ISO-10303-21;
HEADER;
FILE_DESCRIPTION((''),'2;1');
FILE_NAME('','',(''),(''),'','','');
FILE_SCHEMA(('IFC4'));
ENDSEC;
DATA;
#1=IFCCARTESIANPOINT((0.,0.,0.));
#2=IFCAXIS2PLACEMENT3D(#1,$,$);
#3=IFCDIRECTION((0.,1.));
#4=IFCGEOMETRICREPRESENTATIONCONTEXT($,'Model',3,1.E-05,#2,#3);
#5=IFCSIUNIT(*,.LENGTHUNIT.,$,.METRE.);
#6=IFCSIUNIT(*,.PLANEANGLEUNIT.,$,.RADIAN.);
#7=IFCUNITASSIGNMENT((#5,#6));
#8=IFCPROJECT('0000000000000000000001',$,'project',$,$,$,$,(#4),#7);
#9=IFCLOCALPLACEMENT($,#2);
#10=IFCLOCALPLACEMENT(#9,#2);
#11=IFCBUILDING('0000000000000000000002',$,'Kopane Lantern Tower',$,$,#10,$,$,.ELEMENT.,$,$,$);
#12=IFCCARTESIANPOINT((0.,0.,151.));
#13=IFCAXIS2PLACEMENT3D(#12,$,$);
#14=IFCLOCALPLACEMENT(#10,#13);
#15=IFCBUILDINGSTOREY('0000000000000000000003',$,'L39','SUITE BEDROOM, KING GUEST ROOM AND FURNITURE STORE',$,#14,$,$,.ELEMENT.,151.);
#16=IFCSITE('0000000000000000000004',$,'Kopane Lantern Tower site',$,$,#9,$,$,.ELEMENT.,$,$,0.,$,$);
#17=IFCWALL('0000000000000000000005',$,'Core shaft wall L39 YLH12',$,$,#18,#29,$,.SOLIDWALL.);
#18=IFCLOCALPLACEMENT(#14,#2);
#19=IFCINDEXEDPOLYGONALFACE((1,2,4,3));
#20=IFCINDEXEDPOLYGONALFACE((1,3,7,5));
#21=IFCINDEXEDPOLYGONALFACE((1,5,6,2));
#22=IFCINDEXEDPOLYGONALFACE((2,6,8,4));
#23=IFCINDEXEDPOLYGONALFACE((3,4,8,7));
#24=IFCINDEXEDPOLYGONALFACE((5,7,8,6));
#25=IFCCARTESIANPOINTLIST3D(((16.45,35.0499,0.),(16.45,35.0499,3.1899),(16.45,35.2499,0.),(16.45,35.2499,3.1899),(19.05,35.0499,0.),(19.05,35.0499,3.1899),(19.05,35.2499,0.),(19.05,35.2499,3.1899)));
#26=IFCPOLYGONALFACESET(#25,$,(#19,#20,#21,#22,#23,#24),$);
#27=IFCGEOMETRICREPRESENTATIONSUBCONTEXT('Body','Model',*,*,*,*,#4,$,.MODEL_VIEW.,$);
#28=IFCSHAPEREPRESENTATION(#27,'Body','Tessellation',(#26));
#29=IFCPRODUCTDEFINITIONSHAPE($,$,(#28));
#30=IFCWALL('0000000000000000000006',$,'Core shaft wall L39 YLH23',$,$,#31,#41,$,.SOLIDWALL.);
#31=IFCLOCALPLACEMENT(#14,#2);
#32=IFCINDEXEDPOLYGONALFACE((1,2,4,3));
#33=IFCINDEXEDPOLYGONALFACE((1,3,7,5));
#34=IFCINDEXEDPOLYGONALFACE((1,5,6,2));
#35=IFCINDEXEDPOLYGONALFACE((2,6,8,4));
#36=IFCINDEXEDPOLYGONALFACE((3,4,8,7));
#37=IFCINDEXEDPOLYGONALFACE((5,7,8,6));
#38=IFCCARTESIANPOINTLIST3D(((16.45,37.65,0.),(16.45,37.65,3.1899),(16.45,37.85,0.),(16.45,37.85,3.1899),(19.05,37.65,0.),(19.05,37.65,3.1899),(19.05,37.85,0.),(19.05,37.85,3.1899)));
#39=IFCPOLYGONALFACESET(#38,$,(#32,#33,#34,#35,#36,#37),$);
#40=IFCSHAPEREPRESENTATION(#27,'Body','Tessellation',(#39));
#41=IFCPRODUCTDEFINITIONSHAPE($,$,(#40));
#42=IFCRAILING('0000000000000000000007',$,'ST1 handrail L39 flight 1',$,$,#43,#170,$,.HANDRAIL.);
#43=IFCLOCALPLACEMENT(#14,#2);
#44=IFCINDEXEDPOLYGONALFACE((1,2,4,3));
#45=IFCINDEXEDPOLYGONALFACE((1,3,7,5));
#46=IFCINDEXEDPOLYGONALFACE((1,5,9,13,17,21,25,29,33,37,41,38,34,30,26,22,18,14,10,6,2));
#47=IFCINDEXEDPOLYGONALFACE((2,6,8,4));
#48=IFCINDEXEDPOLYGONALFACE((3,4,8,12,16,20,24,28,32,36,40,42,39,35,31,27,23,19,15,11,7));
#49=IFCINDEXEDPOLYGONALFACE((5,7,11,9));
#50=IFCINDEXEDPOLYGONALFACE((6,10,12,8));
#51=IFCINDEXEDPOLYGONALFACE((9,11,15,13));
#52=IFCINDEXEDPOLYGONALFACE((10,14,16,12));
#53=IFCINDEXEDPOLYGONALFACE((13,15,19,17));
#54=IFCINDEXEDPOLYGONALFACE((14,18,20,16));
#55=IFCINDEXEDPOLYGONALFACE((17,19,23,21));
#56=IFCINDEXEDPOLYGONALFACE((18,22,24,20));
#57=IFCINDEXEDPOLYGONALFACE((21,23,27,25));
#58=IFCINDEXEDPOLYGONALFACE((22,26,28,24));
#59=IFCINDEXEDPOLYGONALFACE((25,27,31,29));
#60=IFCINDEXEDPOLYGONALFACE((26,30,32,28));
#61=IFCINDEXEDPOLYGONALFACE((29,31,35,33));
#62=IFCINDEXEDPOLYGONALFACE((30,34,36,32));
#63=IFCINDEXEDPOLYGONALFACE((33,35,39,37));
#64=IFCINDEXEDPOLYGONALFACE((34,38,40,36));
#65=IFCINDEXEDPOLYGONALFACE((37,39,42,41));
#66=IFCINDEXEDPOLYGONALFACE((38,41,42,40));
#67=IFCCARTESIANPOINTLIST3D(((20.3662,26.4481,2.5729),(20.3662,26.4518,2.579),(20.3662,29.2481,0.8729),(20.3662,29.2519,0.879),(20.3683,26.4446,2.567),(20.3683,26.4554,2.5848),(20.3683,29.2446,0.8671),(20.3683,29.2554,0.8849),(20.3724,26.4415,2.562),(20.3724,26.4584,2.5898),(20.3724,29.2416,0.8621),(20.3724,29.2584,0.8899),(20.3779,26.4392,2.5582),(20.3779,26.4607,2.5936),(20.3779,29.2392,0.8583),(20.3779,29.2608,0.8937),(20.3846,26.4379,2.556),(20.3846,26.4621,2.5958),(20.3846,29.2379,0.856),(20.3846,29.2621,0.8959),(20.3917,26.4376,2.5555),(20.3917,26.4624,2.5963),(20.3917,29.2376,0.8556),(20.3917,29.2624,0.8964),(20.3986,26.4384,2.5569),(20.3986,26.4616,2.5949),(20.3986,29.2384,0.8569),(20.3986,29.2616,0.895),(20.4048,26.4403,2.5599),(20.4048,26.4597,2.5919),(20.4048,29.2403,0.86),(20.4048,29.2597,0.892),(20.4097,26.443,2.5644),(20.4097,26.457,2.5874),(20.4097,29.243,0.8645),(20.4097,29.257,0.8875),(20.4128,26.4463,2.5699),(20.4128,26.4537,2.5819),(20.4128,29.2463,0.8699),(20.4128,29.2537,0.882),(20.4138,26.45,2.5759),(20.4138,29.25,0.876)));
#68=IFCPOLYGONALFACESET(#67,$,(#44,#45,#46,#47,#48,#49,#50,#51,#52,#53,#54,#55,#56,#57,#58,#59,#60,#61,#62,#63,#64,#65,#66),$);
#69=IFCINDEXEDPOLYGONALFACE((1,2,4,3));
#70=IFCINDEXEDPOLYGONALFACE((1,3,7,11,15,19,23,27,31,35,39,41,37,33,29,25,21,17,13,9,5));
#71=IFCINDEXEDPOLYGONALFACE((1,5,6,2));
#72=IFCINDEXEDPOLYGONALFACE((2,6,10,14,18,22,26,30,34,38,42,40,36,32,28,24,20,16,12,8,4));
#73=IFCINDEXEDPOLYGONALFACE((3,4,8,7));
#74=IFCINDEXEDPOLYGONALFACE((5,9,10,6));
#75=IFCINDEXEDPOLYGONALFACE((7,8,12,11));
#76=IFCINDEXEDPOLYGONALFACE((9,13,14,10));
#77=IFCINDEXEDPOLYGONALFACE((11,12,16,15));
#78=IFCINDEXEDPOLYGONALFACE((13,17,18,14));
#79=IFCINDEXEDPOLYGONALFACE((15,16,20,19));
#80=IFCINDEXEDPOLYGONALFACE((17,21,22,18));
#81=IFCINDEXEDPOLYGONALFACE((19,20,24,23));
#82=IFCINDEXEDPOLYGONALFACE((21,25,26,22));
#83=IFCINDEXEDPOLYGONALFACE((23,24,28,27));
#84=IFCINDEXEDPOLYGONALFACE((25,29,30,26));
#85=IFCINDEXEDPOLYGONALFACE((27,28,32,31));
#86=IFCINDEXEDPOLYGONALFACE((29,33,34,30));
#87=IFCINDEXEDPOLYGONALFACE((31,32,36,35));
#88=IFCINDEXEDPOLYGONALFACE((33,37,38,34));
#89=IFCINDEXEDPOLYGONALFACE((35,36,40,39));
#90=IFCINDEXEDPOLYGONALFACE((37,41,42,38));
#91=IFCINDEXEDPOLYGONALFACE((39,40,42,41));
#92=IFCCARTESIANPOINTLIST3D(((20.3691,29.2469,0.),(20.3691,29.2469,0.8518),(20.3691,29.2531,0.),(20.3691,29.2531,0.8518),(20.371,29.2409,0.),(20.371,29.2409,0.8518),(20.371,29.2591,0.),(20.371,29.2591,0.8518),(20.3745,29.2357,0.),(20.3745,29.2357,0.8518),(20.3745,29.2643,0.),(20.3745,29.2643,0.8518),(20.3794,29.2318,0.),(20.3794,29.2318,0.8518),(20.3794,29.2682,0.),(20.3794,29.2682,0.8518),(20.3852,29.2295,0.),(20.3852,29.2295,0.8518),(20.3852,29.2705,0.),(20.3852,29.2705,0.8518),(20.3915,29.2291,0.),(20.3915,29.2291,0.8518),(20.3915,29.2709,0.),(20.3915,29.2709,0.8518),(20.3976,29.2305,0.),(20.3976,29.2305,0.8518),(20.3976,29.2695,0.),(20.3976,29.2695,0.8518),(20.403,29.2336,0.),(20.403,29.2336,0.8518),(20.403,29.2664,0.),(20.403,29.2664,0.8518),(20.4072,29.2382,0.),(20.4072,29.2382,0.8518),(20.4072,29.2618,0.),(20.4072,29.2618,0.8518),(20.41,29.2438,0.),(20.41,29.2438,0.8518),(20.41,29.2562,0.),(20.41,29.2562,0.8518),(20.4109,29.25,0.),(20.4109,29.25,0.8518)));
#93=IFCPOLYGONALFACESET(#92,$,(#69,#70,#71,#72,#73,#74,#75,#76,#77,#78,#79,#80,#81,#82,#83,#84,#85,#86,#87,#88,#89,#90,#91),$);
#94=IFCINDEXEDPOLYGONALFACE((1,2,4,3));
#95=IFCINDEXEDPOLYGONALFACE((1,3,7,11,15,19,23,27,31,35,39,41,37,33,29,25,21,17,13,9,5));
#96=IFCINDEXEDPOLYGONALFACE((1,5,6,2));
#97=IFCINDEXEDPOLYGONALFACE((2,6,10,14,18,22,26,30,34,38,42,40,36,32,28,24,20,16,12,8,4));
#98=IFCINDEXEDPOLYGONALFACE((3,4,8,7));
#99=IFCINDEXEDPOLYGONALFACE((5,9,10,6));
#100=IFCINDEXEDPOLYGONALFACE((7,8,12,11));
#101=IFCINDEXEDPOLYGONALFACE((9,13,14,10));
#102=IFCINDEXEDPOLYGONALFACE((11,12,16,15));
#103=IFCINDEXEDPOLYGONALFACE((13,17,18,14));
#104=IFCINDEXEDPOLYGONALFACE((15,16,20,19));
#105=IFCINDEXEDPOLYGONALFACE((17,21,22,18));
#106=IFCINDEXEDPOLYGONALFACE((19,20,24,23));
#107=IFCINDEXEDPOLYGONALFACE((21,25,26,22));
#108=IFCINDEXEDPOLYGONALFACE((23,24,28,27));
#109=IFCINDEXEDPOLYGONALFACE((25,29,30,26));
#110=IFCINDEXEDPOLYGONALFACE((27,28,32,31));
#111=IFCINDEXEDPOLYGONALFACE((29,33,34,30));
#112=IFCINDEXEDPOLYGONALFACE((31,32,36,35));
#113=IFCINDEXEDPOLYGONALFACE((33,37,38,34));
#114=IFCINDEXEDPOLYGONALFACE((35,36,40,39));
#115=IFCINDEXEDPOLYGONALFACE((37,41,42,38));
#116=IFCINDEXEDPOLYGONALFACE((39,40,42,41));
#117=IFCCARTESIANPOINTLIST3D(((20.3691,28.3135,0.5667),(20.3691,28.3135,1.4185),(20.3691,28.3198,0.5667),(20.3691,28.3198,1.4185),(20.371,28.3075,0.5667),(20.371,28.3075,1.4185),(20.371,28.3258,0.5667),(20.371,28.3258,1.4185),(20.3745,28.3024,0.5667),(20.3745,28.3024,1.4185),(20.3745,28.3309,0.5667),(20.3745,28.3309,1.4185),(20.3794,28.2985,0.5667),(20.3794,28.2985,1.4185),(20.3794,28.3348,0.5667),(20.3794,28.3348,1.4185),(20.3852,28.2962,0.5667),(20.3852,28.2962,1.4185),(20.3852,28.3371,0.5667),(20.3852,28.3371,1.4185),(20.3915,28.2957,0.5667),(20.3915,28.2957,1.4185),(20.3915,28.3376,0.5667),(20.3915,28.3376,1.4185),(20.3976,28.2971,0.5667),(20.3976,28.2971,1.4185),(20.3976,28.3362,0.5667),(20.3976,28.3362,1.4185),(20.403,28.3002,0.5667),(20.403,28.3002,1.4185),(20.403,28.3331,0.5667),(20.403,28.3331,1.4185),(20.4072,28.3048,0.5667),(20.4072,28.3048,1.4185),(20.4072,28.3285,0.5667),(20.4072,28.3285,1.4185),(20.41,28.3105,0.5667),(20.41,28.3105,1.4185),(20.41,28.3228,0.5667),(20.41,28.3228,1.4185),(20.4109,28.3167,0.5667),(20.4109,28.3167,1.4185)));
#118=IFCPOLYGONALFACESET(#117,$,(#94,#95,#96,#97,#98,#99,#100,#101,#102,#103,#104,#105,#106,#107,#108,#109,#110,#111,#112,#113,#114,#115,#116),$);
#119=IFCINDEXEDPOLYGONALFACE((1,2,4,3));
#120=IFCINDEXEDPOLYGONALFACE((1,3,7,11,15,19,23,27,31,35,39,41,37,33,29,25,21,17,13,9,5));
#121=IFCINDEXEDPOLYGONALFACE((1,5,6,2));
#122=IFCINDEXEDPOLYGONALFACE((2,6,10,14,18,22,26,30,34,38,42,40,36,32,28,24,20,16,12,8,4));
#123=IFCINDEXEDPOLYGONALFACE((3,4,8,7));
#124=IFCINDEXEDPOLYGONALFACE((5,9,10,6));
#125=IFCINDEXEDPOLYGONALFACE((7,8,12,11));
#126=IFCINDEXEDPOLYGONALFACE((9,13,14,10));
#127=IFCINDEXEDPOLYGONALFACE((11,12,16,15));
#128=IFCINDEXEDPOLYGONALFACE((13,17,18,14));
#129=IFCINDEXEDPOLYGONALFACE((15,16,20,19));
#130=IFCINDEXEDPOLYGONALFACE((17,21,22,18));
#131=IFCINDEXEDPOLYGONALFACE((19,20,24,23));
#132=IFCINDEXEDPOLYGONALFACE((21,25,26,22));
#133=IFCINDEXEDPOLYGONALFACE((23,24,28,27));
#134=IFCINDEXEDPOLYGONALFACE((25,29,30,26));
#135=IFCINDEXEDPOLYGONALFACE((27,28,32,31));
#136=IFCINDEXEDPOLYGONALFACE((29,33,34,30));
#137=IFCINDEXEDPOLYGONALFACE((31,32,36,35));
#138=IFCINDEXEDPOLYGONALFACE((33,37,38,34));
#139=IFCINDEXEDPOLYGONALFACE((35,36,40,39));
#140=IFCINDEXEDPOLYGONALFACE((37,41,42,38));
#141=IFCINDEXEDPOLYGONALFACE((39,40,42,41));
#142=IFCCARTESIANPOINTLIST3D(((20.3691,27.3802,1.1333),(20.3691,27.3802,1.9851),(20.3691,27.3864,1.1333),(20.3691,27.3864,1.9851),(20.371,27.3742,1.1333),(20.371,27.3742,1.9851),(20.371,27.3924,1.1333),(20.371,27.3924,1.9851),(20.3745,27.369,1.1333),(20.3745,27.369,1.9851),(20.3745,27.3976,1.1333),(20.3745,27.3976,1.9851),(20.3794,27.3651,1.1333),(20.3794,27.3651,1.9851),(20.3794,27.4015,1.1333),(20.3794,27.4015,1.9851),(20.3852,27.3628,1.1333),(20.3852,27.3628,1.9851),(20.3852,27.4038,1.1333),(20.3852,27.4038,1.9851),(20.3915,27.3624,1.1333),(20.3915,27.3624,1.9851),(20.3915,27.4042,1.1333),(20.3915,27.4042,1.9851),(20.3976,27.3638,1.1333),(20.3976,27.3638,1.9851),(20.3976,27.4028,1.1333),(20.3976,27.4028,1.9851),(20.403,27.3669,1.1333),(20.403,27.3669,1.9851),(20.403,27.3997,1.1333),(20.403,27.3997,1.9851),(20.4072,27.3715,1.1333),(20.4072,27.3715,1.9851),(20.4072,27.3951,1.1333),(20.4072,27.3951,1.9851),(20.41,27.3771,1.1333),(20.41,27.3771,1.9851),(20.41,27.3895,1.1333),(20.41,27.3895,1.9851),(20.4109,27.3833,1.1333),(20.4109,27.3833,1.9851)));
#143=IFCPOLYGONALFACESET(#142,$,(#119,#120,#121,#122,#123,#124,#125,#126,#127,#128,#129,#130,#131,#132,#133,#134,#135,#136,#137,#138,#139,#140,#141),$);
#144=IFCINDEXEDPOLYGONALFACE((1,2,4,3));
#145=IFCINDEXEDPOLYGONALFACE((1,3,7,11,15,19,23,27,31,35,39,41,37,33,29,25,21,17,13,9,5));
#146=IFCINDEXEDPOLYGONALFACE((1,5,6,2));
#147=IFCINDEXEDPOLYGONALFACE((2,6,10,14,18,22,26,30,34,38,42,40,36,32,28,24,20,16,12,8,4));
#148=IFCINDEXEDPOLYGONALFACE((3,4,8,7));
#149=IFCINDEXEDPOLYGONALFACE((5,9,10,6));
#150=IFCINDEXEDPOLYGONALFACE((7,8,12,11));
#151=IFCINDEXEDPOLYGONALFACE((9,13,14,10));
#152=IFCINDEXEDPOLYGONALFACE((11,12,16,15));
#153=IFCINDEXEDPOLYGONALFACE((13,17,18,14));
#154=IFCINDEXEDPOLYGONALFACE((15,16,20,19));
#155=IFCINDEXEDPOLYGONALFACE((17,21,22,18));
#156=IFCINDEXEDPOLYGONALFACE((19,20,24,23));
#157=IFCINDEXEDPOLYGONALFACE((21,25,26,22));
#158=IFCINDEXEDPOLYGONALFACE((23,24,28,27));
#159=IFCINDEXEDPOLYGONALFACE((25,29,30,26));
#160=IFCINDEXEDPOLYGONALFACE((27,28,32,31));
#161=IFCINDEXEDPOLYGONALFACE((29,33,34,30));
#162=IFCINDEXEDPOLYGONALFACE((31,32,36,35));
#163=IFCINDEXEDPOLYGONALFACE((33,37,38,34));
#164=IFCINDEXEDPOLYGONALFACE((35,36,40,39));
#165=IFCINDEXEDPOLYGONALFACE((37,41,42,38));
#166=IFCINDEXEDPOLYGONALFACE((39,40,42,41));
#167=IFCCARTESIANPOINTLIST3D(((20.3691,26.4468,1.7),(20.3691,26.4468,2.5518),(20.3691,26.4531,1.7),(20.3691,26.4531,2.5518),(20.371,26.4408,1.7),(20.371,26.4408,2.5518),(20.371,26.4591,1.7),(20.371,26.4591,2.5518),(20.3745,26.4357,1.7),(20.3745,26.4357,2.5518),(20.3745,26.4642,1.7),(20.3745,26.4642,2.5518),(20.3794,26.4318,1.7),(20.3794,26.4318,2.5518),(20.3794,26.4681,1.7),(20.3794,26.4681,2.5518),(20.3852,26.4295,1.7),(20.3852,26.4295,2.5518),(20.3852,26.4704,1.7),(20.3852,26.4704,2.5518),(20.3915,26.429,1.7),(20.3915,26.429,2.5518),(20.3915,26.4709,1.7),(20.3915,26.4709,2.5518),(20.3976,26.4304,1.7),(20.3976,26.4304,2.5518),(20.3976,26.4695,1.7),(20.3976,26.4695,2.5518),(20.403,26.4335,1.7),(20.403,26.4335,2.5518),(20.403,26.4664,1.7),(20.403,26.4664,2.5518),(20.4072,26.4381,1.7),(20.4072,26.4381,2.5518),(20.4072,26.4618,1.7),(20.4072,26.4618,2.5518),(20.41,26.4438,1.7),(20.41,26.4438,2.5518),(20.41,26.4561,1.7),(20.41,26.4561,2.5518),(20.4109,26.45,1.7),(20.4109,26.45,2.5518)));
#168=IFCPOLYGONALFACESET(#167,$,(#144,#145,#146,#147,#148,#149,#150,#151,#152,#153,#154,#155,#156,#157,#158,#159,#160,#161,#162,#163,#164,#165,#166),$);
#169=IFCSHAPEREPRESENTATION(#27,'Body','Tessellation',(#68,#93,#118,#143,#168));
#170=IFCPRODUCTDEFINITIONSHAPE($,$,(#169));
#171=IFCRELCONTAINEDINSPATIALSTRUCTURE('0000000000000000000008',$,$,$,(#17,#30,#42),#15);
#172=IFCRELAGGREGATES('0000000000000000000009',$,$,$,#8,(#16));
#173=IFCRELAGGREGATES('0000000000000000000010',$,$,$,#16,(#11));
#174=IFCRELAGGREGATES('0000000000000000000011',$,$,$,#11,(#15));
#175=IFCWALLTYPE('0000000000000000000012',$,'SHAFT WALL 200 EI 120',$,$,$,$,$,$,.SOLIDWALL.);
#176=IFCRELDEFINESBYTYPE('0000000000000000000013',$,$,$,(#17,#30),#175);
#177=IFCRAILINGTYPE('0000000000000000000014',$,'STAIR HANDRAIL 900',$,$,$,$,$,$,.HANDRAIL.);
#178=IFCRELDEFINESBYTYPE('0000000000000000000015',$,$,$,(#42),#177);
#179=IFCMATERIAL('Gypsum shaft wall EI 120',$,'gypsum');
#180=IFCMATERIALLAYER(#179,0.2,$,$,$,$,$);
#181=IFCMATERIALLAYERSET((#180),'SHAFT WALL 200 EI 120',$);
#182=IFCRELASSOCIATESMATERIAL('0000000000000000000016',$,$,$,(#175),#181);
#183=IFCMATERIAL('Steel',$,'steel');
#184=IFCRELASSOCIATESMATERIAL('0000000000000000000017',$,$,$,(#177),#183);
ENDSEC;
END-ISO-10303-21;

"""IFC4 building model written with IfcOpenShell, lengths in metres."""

from ifc_helpers import new_model, si_unit, direction, frame, frame_2d, origin, origin_2d, place, context, subcontext, project, spatial, rectangle, circle, extrude, material, layer, layer_set, type_object, element, save


model = new_model("IFC4")

# Units and contexts
model_context = context("Model", 3, precision=1e-05, world=origin(), true_north=direction((0.0, 1.0)))
body_context = subcontext(model_context, "Body", "Model", "MODEL_VIEW")
ifc_project = project(units=[si_unit("LENGTHUNIT", "METRE"), si_unit("PLANEANGLEUNIT", "RADIAN")], contexts=[model_context])

# Site, building, storey
site_placement = place(None, origin())
site = spatial("IfcSite", under=ifc_project, at=site_placement, Name="Kopane Lantern Tower site", CompositionType="ELEMENT", RefElevation=0.0)
building_placement = place(site_placement, origin())
building = spatial("IfcBuilding", under=site, at=building_placement, Name="Kopane Lantern Tower", CompositionType="ELEMENT")
storey_placement = place(building_placement, frame((0.0, 0.0, 151.0)))
storey = spatial("IfcBuildingStorey", under=building, at=storey_placement, Name="L39", Description="SUITE BEDROOM, KING GUEST ROOM AND FURNITURE STORE", CompositionType="ELEMENT", Elevation=151.0)

# Walls
ifc_material_1 = material(Name="Gypsum shaft wall EI 120", Category="gypsum")
ifc_layer_1 = layer(ifc_material_1, 0.2)
ifc_layer_set_1 = layer_set([ifc_layer_1], Name="SHAFT WALL 200 EI 120")
wall_type_1 = type_object("IfcWallType", Name="SHAFT WALL 200 EI 120", PredefinedType="SOLIDWALL", material=ifc_layer_set_1)
for number, where, z_axis, x_axis, name in (
    (1, (16.45, 35.1499, 0.0), (0.0, 0.0, 1.0), (1.0, 0.0, 0.0), "Core shaft wall L39 YLH12"),
    (2, (16.45, 37.75, 0.0), (0.0, 0.0, 1.0), (1.0, 0.0, 0.0), "Core shaft wall L39 YLH23"),
):
    element("IfcWall", number, at=place(storey_placement, frame(where, z_axis=z_axis, x_axis=x_axis)), inside=storey, type_object=wall_type_1, Name=name, PredefinedType="SOLIDWALL", context=body_context, shape_type="SweptSolid", body=[
        extrude(rectangle(XDim=2.6001, YDim=0.2, at=frame_2d((1.3, 0.0))), origin(), (0.0, 0.0, 1.0), 3.1899),
    ])

# Railing
ifc_material_2 = material(Name="Steel", Category="steel")
railing_type = type_object("IfcRailingType", Name="STAIR HANDRAIL 900", PredefinedType="HANDRAIL", material=ifc_material_2)
for number, where, name in (
    (3, (20.3899, 29.25, 0.0), "ST1 handrail L39 flight 1"),
):
    element("IfcRailing", number, at=place(storey_placement, frame(where)), inside=storey, type_object=railing_type, Name=name, PredefinedType="HANDRAIL", context=body_context, shape_type="SweptSolid", body=[
        extrude(circle(Radius=0.0239, at=origin_2d()), frame((0.0, 0.0, 0.876), z_axis=(0.0, -0.854798, 0.518961), x_axis=(1.0, 0.0, 0.0)), (0.0, 0.0, 1.0), 3.2756),
        extrude(circle(Radius=0.021, at=origin_2d()), origin(), (0.0, 0.0, 1.0), 0.8518),
        extrude(circle(Radius=0.021, at=origin_2d()), frame((0.0, -0.9333, 0.5667)), (0.0, 0.0, 1.0), 0.8518),
        extrude(circle(Radius=0.021, at=origin_2d()), frame((0.0, -1.8667, 1.1333)), (0.0, 0.0, 1.0), 0.8518),
        extrude(circle(Radius=0.021, at=origin_2d()), frame((0.0, -2.8, 1.7)), (0.0, 0.0, 1.0), 0.8518),
    ])

save(model, "model.ifc")
